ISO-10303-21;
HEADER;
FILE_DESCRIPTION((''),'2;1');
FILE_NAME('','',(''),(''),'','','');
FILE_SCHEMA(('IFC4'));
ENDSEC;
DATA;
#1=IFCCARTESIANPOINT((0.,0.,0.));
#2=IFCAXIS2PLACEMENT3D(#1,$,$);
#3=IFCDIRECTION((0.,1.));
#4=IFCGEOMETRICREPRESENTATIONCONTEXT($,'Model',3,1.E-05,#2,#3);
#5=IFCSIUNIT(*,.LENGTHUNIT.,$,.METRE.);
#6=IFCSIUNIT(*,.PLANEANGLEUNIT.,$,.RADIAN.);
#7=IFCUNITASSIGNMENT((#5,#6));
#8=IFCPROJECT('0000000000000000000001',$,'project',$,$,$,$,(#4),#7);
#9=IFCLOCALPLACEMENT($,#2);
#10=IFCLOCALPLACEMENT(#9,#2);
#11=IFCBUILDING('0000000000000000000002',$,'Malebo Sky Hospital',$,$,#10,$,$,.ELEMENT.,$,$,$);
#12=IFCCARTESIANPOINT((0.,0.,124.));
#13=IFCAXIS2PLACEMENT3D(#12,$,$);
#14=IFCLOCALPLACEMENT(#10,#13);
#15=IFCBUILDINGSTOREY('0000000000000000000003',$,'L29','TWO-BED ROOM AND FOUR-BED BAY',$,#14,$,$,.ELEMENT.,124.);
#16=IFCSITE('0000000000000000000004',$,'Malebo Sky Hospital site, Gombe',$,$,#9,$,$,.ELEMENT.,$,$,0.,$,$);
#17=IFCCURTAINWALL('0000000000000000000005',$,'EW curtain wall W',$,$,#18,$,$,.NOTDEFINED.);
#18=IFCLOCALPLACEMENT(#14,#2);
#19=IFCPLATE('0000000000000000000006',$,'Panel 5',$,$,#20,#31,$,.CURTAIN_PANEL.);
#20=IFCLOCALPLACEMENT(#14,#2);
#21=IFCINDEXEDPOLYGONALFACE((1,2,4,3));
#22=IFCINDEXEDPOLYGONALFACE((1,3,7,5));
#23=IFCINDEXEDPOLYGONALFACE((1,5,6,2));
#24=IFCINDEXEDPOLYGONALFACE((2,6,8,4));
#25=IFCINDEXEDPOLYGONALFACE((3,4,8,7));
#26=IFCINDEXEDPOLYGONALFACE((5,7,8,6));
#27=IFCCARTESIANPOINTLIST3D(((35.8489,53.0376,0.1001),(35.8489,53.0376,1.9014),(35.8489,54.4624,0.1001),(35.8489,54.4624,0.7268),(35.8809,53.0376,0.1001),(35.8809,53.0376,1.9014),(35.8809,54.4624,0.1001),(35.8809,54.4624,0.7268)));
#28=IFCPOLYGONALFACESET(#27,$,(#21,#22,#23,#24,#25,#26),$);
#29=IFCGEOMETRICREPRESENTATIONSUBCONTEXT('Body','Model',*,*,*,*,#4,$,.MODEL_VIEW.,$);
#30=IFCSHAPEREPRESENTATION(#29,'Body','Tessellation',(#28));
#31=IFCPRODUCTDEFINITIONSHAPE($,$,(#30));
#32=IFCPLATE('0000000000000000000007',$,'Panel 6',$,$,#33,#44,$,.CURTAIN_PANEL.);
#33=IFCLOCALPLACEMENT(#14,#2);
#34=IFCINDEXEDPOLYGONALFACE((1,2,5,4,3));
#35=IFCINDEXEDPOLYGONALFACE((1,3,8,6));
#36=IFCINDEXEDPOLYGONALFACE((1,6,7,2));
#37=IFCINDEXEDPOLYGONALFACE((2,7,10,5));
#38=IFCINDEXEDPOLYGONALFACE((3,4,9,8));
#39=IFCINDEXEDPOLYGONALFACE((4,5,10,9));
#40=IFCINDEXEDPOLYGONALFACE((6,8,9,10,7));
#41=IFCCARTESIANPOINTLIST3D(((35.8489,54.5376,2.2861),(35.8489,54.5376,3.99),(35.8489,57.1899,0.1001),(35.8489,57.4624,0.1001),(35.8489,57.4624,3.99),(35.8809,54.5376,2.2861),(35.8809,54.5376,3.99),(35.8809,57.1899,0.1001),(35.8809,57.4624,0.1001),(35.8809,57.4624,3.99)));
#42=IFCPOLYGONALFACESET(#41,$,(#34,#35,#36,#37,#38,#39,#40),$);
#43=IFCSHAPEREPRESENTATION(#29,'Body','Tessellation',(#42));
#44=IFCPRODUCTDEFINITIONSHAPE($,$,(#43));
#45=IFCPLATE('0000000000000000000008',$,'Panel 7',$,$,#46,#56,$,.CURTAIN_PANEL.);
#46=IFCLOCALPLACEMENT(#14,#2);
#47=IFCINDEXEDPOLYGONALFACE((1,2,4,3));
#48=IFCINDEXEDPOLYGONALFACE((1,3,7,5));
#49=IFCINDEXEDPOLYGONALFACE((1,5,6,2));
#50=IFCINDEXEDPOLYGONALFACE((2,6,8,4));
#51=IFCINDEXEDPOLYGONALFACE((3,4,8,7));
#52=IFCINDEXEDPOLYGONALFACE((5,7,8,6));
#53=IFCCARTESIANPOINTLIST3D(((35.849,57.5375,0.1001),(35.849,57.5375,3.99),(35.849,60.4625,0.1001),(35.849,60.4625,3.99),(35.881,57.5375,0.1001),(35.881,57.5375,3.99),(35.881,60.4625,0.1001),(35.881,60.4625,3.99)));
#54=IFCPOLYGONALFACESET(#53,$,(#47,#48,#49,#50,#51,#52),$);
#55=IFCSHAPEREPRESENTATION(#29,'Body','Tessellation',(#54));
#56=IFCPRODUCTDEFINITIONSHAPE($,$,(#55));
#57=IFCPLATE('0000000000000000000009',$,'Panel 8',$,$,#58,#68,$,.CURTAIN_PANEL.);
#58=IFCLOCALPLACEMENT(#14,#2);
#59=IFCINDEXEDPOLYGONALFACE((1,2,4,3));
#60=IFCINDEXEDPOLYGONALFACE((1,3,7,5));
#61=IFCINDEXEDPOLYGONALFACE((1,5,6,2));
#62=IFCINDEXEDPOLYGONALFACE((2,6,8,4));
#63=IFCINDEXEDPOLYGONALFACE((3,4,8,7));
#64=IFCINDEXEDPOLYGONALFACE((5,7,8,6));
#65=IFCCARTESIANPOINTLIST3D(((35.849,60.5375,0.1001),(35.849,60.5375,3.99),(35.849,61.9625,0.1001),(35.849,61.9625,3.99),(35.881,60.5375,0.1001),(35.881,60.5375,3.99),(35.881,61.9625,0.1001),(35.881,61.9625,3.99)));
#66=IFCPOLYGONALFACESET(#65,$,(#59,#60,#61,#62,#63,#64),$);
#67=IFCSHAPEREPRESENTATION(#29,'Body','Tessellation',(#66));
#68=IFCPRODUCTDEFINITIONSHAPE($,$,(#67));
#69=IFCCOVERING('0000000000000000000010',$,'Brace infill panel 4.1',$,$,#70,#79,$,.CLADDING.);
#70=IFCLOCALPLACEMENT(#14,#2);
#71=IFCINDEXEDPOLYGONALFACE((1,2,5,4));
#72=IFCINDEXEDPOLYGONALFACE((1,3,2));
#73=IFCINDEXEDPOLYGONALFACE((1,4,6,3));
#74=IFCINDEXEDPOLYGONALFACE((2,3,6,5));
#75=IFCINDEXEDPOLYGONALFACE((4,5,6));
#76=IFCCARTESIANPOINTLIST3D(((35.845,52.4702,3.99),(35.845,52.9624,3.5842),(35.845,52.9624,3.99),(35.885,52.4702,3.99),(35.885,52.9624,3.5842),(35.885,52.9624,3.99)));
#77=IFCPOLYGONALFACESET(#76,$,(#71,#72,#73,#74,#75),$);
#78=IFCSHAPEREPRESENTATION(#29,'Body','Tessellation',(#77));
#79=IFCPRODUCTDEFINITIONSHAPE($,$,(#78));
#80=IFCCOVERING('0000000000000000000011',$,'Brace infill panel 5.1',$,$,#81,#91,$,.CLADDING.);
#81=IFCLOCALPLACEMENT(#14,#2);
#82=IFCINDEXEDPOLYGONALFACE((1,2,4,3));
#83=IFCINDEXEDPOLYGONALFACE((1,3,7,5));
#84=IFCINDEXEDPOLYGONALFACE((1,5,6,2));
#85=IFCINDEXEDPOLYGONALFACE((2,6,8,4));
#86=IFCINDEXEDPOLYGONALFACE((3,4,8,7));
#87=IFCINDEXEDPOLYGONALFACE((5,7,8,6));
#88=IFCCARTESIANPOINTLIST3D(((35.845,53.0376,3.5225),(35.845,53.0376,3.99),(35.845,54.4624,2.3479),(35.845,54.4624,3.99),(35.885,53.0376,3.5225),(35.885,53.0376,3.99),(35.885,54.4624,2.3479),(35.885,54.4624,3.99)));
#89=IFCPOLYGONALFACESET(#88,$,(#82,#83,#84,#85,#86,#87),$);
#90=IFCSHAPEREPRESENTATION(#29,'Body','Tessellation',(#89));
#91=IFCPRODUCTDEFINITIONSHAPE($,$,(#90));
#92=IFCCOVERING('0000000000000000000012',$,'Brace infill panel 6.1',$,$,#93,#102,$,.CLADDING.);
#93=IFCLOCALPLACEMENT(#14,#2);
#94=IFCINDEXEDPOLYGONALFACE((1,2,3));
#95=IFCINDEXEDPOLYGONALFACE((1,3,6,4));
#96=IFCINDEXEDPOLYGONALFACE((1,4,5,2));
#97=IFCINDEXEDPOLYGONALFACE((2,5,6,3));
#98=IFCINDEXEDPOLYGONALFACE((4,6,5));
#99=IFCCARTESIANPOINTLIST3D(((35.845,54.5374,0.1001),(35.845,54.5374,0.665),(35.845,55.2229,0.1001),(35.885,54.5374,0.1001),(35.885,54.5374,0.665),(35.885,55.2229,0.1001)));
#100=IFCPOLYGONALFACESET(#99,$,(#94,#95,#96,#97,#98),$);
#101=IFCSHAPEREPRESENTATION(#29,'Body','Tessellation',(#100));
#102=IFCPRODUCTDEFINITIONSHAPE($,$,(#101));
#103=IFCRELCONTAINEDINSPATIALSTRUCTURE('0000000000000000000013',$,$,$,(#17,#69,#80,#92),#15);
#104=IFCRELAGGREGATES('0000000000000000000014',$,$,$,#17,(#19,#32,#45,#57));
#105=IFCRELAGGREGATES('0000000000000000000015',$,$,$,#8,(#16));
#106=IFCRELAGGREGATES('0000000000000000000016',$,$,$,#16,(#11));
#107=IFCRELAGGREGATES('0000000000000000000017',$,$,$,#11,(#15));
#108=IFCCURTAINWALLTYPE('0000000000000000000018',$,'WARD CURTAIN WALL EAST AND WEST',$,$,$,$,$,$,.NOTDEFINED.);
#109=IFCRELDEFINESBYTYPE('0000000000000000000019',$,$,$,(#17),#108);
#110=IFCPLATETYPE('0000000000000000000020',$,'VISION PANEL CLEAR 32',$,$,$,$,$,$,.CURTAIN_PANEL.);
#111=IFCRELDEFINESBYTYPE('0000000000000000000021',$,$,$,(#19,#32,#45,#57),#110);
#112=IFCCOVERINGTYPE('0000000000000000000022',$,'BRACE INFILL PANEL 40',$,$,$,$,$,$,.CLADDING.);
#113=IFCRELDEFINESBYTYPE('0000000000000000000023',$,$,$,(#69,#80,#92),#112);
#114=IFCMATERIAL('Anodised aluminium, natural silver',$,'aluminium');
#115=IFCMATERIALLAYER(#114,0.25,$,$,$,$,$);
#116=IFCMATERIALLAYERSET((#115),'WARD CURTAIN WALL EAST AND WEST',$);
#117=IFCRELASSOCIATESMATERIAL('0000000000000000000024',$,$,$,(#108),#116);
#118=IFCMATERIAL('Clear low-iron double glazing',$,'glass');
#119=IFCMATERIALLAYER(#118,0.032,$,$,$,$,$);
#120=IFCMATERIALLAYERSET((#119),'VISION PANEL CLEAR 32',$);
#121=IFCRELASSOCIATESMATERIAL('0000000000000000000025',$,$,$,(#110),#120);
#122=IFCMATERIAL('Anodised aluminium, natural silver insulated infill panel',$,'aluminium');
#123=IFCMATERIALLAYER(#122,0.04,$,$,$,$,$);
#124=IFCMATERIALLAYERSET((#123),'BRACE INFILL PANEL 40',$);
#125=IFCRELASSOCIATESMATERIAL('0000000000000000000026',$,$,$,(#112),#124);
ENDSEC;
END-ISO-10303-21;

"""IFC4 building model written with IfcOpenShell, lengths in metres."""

from ifc_helpers import new_model, si_unit, direction, frame, origin, origin_2d, place, context, subcontext, project, spatial, polyline, rectangle, outline, extrude, material, layer, layer_set, type_object, element, aggregate, save


model = new_model("IFC4")

# Units and contexts
model_context = context("Model", 3, precision=1e-05, world=origin(), true_north=direction((0.0, 1.0)))
body_context = subcontext(model_context, "Body", "Model", "MODEL_VIEW")
ifc_project = project(units=[si_unit("LENGTHUNIT", "METRE"), si_unit("PLANEANGLEUNIT", "RADIAN")], contexts=[model_context])

# Site, building, storey
site_placement = place(None, origin())
site = spatial("IfcSite", under=ifc_project, at=site_placement, Name="Malebo Sky Hospital site, Gombe", CompositionType="ELEMENT", RefElevation=0.0)
building_placement = place(site_placement, origin())
building = spatial("IfcBuilding", under=site, at=building_placement, Name="Malebo Sky Hospital", CompositionType="ELEMENT")
storey_placement = place(building_placement, frame((0.0, 0.0, 124.0)))
storey = spatial("IfcBuildingStorey", under=building, at=storey_placement, Name="L29", Description="TWO-BED ROOM AND FOUR-BED BAY", CompositionType="ELEMENT", Elevation=124.0)

# Curtain wall
ifc_material_1 = material(Name="Anodised aluminium, natural silver", Category="aluminium")
ifc_layer_1 = layer(ifc_material_1, 0.25)
ifc_layer_set_1 = layer_set([ifc_layer_1], Name="WARD CURTAIN WALL EAST AND WEST")
curtain_wall_type = type_object("IfcCurtainWallType", Name="WARD CURTAIN WALL EAST AND WEST", PredefinedType="NOTDEFINED", material=ifc_layer_set_1)
curtain_wall_placement = place(storey_placement, origin())
curtain_wall = element("IfcCurtainWall", 1, at=curtain_wall_placement, inside=storey, type_object=curtain_wall_type, Name="EW curtain wall W", PredefinedType="NOTDEFINED")

# Plates
ifc_material_2 = material(Name="Clear low-iron double glazing", Category="glass")
ifc_layer_2 = layer(ifc_material_2, 0.032)
ifc_layer_set_2 = layer_set([ifc_layer_2], Name="VISION PANEL CLEAR 32")
plate_type = type_object("IfcPlateType", Name="VISION PANEL CLEAR 32", PredefinedType="CURTAIN_PANEL", material=ifc_layer_set_2)
plate_1_placement = place(storey_placement, frame((35.865, 53.75, 0.1001), z_axis=(0.0, 0.0, 1.0), x_axis=(0.0, 1.0, 0.0)))
plate_1 = element("IfcPlate", 2, at=plate_1_placement, type_object=plate_type, Name="Panel 5", PredefinedType="CURTAIN_PANEL", context=body_context, shape_type="SweptSolid", body=[
    extrude(outline(polyline([(-0.7124, 0.0), (0.7124, 0.0), (0.7124, 0.6267), (-0.7124, 1.8013), (-0.7124, 0.0)])), frame((0.0, 0.0161, 0.0), z_axis=(0.0, -1.0, 0.0), x_axis=(1.0, 0.0, 0.0)), (0.0, 0.0, 1.0), 0.032),
])
plate_2_placement = place(storey_placement, frame((35.865, 56.0, 0.1001), z_axis=(0.0, 0.0, 1.0), x_axis=(0.0, 1.0, 0.0)))
plate_2 = element("IfcPlate", 3, at=plate_2_placement, type_object=plate_type, Name="Panel 6", PredefinedType="CURTAIN_PANEL", context=body_context, shape_type="SweptSolid", body=[
    extrude(outline(polyline([(1.1899, 0.0), (1.4624, 0.0), (1.4624, 3.8899), (-1.4624, 3.8899), (-1.4624, 2.186), (1.1899, 0.0)])), frame((0.0, 0.0161, 0.0), z_axis=(0.0, -1.0, 0.0), x_axis=(1.0, 0.0, 0.0)), (0.0, 0.0, 1.0), 0.032),
])
plate_3_placement = place(storey_placement, frame((35.865, 59.0, 0.1001), z_axis=(0.0, 0.0, 1.0), x_axis=(0.0, 1.0, 0.0)))
plate_3 = element("IfcPlate", 4, at=plate_3_placement, type_object=plate_type, Name="Panel 7", PredefinedType="CURTAIN_PANEL", context=body_context, shape_type="SweptSolid", body=[
    extrude(rectangle(XDim=2.925, YDim=0.032, at=origin_2d()), origin(), (0.0, 0.0, 1.0), 3.8899),
])
plate_4_placement = place(storey_placement, frame((35.865, 61.25, 0.1001), z_axis=(0.0, 0.0, 1.0), x_axis=(0.0, 1.0, 0.0)))
plate_4 = element("IfcPlate", 5, at=plate_4_placement, type_object=plate_type, Name="Panel 8", PredefinedType="CURTAIN_PANEL", context=body_context, shape_type="SweptSolid", body=[
    extrude(rectangle(XDim=1.425, YDim=0.032, at=origin_2d()), origin(), (0.0, 0.0, 1.0), 3.8899),
])
aggregate(curtain_wall, [plate_1, plate_2, plate_3, plate_4])

# Coverings
ifc_material_3 = material(Name="Anodised aluminium, natural silver insulated infill panel", Category="aluminium")
ifc_layer_3 = layer(ifc_material_3, 0.04)
ifc_layer_set_3 = layer_set([ifc_layer_3], Name="BRACE INFILL PANEL 40")
covering_type = type_object("IfcCoveringType", Name="BRACE INFILL PANEL 40", PredefinedType="CLADDING", material=ifc_layer_set_3)
covering_1_placement = place(storey_placement, frame((35.865, 52.7163, 3.5842), z_axis=(0.0, 0.0, 1.0), x_axis=(0.0, 1.0, 0.0)))
element("IfcCovering", 6, at=covering_1_placement, inside=storey, type_object=covering_type, Name="Brace infill panel 4.1", PredefinedType="CLADDING", context=body_context, shape_type="SweptSolid", body=[
    extrude(outline(polyline([(0.2461, 0.0), (0.2461, 0.4058), (-0.2461, 0.4058), (0.2461, 0.0)])), frame((0.0, 0.02, 0.0), z_axis=(0.0, -1.0, 0.0), x_axis=(1.0, 0.0, 0.0)), (0.0, 0.0, 1.0), 0.04),
])
covering_2_placement = place(storey_placement, frame((35.865, 53.75, 2.3479), z_axis=(0.0, 0.0, 1.0), x_axis=(0.0, 1.0, 0.0)))
element("IfcCovering", 7, at=covering_2_placement, inside=storey, type_object=covering_type, Name="Brace infill panel 5.1", PredefinedType="CLADDING", context=body_context, shape_type="SweptSolid", body=[
    extrude(outline(polyline([(0.7124, 0.0), (0.7124, 1.6421), (-0.7124, 1.6421), (-0.7124, 1.1746), (0.7124, 0.0)])), frame((0.0, 0.02, 0.0), z_axis=(0.0, -1.0, 0.0), x_axis=(1.0, 0.0, 0.0)), (0.0, 0.0, 1.0), 0.04),
])
covering_3_placement = place(storey_placement, frame((35.865, 54.8801, 0.1001), z_axis=(0.0, 0.0, 1.0), x_axis=(0.0, 1.0, 0.0)))
element("IfcCovering", 8, at=covering_3_placement, inside=storey, type_object=covering_type, Name="Brace infill panel 6.1", PredefinedType="CLADDING", context=body_context, shape_type="SweptSolid", body=[
    extrude(outline(polyline([(-0.3428, 0.0), (0.3428, 0.0), (-0.3428, 0.5649), (-0.3428, 0.0)])), frame((0.0, 0.02, 0.0), z_axis=(0.0, -1.0, 0.0), x_axis=(1.0, 0.0, 0.0)), (0.0, 0.0, 1.0), 0.04),
])

save(model, "model.ifc")
